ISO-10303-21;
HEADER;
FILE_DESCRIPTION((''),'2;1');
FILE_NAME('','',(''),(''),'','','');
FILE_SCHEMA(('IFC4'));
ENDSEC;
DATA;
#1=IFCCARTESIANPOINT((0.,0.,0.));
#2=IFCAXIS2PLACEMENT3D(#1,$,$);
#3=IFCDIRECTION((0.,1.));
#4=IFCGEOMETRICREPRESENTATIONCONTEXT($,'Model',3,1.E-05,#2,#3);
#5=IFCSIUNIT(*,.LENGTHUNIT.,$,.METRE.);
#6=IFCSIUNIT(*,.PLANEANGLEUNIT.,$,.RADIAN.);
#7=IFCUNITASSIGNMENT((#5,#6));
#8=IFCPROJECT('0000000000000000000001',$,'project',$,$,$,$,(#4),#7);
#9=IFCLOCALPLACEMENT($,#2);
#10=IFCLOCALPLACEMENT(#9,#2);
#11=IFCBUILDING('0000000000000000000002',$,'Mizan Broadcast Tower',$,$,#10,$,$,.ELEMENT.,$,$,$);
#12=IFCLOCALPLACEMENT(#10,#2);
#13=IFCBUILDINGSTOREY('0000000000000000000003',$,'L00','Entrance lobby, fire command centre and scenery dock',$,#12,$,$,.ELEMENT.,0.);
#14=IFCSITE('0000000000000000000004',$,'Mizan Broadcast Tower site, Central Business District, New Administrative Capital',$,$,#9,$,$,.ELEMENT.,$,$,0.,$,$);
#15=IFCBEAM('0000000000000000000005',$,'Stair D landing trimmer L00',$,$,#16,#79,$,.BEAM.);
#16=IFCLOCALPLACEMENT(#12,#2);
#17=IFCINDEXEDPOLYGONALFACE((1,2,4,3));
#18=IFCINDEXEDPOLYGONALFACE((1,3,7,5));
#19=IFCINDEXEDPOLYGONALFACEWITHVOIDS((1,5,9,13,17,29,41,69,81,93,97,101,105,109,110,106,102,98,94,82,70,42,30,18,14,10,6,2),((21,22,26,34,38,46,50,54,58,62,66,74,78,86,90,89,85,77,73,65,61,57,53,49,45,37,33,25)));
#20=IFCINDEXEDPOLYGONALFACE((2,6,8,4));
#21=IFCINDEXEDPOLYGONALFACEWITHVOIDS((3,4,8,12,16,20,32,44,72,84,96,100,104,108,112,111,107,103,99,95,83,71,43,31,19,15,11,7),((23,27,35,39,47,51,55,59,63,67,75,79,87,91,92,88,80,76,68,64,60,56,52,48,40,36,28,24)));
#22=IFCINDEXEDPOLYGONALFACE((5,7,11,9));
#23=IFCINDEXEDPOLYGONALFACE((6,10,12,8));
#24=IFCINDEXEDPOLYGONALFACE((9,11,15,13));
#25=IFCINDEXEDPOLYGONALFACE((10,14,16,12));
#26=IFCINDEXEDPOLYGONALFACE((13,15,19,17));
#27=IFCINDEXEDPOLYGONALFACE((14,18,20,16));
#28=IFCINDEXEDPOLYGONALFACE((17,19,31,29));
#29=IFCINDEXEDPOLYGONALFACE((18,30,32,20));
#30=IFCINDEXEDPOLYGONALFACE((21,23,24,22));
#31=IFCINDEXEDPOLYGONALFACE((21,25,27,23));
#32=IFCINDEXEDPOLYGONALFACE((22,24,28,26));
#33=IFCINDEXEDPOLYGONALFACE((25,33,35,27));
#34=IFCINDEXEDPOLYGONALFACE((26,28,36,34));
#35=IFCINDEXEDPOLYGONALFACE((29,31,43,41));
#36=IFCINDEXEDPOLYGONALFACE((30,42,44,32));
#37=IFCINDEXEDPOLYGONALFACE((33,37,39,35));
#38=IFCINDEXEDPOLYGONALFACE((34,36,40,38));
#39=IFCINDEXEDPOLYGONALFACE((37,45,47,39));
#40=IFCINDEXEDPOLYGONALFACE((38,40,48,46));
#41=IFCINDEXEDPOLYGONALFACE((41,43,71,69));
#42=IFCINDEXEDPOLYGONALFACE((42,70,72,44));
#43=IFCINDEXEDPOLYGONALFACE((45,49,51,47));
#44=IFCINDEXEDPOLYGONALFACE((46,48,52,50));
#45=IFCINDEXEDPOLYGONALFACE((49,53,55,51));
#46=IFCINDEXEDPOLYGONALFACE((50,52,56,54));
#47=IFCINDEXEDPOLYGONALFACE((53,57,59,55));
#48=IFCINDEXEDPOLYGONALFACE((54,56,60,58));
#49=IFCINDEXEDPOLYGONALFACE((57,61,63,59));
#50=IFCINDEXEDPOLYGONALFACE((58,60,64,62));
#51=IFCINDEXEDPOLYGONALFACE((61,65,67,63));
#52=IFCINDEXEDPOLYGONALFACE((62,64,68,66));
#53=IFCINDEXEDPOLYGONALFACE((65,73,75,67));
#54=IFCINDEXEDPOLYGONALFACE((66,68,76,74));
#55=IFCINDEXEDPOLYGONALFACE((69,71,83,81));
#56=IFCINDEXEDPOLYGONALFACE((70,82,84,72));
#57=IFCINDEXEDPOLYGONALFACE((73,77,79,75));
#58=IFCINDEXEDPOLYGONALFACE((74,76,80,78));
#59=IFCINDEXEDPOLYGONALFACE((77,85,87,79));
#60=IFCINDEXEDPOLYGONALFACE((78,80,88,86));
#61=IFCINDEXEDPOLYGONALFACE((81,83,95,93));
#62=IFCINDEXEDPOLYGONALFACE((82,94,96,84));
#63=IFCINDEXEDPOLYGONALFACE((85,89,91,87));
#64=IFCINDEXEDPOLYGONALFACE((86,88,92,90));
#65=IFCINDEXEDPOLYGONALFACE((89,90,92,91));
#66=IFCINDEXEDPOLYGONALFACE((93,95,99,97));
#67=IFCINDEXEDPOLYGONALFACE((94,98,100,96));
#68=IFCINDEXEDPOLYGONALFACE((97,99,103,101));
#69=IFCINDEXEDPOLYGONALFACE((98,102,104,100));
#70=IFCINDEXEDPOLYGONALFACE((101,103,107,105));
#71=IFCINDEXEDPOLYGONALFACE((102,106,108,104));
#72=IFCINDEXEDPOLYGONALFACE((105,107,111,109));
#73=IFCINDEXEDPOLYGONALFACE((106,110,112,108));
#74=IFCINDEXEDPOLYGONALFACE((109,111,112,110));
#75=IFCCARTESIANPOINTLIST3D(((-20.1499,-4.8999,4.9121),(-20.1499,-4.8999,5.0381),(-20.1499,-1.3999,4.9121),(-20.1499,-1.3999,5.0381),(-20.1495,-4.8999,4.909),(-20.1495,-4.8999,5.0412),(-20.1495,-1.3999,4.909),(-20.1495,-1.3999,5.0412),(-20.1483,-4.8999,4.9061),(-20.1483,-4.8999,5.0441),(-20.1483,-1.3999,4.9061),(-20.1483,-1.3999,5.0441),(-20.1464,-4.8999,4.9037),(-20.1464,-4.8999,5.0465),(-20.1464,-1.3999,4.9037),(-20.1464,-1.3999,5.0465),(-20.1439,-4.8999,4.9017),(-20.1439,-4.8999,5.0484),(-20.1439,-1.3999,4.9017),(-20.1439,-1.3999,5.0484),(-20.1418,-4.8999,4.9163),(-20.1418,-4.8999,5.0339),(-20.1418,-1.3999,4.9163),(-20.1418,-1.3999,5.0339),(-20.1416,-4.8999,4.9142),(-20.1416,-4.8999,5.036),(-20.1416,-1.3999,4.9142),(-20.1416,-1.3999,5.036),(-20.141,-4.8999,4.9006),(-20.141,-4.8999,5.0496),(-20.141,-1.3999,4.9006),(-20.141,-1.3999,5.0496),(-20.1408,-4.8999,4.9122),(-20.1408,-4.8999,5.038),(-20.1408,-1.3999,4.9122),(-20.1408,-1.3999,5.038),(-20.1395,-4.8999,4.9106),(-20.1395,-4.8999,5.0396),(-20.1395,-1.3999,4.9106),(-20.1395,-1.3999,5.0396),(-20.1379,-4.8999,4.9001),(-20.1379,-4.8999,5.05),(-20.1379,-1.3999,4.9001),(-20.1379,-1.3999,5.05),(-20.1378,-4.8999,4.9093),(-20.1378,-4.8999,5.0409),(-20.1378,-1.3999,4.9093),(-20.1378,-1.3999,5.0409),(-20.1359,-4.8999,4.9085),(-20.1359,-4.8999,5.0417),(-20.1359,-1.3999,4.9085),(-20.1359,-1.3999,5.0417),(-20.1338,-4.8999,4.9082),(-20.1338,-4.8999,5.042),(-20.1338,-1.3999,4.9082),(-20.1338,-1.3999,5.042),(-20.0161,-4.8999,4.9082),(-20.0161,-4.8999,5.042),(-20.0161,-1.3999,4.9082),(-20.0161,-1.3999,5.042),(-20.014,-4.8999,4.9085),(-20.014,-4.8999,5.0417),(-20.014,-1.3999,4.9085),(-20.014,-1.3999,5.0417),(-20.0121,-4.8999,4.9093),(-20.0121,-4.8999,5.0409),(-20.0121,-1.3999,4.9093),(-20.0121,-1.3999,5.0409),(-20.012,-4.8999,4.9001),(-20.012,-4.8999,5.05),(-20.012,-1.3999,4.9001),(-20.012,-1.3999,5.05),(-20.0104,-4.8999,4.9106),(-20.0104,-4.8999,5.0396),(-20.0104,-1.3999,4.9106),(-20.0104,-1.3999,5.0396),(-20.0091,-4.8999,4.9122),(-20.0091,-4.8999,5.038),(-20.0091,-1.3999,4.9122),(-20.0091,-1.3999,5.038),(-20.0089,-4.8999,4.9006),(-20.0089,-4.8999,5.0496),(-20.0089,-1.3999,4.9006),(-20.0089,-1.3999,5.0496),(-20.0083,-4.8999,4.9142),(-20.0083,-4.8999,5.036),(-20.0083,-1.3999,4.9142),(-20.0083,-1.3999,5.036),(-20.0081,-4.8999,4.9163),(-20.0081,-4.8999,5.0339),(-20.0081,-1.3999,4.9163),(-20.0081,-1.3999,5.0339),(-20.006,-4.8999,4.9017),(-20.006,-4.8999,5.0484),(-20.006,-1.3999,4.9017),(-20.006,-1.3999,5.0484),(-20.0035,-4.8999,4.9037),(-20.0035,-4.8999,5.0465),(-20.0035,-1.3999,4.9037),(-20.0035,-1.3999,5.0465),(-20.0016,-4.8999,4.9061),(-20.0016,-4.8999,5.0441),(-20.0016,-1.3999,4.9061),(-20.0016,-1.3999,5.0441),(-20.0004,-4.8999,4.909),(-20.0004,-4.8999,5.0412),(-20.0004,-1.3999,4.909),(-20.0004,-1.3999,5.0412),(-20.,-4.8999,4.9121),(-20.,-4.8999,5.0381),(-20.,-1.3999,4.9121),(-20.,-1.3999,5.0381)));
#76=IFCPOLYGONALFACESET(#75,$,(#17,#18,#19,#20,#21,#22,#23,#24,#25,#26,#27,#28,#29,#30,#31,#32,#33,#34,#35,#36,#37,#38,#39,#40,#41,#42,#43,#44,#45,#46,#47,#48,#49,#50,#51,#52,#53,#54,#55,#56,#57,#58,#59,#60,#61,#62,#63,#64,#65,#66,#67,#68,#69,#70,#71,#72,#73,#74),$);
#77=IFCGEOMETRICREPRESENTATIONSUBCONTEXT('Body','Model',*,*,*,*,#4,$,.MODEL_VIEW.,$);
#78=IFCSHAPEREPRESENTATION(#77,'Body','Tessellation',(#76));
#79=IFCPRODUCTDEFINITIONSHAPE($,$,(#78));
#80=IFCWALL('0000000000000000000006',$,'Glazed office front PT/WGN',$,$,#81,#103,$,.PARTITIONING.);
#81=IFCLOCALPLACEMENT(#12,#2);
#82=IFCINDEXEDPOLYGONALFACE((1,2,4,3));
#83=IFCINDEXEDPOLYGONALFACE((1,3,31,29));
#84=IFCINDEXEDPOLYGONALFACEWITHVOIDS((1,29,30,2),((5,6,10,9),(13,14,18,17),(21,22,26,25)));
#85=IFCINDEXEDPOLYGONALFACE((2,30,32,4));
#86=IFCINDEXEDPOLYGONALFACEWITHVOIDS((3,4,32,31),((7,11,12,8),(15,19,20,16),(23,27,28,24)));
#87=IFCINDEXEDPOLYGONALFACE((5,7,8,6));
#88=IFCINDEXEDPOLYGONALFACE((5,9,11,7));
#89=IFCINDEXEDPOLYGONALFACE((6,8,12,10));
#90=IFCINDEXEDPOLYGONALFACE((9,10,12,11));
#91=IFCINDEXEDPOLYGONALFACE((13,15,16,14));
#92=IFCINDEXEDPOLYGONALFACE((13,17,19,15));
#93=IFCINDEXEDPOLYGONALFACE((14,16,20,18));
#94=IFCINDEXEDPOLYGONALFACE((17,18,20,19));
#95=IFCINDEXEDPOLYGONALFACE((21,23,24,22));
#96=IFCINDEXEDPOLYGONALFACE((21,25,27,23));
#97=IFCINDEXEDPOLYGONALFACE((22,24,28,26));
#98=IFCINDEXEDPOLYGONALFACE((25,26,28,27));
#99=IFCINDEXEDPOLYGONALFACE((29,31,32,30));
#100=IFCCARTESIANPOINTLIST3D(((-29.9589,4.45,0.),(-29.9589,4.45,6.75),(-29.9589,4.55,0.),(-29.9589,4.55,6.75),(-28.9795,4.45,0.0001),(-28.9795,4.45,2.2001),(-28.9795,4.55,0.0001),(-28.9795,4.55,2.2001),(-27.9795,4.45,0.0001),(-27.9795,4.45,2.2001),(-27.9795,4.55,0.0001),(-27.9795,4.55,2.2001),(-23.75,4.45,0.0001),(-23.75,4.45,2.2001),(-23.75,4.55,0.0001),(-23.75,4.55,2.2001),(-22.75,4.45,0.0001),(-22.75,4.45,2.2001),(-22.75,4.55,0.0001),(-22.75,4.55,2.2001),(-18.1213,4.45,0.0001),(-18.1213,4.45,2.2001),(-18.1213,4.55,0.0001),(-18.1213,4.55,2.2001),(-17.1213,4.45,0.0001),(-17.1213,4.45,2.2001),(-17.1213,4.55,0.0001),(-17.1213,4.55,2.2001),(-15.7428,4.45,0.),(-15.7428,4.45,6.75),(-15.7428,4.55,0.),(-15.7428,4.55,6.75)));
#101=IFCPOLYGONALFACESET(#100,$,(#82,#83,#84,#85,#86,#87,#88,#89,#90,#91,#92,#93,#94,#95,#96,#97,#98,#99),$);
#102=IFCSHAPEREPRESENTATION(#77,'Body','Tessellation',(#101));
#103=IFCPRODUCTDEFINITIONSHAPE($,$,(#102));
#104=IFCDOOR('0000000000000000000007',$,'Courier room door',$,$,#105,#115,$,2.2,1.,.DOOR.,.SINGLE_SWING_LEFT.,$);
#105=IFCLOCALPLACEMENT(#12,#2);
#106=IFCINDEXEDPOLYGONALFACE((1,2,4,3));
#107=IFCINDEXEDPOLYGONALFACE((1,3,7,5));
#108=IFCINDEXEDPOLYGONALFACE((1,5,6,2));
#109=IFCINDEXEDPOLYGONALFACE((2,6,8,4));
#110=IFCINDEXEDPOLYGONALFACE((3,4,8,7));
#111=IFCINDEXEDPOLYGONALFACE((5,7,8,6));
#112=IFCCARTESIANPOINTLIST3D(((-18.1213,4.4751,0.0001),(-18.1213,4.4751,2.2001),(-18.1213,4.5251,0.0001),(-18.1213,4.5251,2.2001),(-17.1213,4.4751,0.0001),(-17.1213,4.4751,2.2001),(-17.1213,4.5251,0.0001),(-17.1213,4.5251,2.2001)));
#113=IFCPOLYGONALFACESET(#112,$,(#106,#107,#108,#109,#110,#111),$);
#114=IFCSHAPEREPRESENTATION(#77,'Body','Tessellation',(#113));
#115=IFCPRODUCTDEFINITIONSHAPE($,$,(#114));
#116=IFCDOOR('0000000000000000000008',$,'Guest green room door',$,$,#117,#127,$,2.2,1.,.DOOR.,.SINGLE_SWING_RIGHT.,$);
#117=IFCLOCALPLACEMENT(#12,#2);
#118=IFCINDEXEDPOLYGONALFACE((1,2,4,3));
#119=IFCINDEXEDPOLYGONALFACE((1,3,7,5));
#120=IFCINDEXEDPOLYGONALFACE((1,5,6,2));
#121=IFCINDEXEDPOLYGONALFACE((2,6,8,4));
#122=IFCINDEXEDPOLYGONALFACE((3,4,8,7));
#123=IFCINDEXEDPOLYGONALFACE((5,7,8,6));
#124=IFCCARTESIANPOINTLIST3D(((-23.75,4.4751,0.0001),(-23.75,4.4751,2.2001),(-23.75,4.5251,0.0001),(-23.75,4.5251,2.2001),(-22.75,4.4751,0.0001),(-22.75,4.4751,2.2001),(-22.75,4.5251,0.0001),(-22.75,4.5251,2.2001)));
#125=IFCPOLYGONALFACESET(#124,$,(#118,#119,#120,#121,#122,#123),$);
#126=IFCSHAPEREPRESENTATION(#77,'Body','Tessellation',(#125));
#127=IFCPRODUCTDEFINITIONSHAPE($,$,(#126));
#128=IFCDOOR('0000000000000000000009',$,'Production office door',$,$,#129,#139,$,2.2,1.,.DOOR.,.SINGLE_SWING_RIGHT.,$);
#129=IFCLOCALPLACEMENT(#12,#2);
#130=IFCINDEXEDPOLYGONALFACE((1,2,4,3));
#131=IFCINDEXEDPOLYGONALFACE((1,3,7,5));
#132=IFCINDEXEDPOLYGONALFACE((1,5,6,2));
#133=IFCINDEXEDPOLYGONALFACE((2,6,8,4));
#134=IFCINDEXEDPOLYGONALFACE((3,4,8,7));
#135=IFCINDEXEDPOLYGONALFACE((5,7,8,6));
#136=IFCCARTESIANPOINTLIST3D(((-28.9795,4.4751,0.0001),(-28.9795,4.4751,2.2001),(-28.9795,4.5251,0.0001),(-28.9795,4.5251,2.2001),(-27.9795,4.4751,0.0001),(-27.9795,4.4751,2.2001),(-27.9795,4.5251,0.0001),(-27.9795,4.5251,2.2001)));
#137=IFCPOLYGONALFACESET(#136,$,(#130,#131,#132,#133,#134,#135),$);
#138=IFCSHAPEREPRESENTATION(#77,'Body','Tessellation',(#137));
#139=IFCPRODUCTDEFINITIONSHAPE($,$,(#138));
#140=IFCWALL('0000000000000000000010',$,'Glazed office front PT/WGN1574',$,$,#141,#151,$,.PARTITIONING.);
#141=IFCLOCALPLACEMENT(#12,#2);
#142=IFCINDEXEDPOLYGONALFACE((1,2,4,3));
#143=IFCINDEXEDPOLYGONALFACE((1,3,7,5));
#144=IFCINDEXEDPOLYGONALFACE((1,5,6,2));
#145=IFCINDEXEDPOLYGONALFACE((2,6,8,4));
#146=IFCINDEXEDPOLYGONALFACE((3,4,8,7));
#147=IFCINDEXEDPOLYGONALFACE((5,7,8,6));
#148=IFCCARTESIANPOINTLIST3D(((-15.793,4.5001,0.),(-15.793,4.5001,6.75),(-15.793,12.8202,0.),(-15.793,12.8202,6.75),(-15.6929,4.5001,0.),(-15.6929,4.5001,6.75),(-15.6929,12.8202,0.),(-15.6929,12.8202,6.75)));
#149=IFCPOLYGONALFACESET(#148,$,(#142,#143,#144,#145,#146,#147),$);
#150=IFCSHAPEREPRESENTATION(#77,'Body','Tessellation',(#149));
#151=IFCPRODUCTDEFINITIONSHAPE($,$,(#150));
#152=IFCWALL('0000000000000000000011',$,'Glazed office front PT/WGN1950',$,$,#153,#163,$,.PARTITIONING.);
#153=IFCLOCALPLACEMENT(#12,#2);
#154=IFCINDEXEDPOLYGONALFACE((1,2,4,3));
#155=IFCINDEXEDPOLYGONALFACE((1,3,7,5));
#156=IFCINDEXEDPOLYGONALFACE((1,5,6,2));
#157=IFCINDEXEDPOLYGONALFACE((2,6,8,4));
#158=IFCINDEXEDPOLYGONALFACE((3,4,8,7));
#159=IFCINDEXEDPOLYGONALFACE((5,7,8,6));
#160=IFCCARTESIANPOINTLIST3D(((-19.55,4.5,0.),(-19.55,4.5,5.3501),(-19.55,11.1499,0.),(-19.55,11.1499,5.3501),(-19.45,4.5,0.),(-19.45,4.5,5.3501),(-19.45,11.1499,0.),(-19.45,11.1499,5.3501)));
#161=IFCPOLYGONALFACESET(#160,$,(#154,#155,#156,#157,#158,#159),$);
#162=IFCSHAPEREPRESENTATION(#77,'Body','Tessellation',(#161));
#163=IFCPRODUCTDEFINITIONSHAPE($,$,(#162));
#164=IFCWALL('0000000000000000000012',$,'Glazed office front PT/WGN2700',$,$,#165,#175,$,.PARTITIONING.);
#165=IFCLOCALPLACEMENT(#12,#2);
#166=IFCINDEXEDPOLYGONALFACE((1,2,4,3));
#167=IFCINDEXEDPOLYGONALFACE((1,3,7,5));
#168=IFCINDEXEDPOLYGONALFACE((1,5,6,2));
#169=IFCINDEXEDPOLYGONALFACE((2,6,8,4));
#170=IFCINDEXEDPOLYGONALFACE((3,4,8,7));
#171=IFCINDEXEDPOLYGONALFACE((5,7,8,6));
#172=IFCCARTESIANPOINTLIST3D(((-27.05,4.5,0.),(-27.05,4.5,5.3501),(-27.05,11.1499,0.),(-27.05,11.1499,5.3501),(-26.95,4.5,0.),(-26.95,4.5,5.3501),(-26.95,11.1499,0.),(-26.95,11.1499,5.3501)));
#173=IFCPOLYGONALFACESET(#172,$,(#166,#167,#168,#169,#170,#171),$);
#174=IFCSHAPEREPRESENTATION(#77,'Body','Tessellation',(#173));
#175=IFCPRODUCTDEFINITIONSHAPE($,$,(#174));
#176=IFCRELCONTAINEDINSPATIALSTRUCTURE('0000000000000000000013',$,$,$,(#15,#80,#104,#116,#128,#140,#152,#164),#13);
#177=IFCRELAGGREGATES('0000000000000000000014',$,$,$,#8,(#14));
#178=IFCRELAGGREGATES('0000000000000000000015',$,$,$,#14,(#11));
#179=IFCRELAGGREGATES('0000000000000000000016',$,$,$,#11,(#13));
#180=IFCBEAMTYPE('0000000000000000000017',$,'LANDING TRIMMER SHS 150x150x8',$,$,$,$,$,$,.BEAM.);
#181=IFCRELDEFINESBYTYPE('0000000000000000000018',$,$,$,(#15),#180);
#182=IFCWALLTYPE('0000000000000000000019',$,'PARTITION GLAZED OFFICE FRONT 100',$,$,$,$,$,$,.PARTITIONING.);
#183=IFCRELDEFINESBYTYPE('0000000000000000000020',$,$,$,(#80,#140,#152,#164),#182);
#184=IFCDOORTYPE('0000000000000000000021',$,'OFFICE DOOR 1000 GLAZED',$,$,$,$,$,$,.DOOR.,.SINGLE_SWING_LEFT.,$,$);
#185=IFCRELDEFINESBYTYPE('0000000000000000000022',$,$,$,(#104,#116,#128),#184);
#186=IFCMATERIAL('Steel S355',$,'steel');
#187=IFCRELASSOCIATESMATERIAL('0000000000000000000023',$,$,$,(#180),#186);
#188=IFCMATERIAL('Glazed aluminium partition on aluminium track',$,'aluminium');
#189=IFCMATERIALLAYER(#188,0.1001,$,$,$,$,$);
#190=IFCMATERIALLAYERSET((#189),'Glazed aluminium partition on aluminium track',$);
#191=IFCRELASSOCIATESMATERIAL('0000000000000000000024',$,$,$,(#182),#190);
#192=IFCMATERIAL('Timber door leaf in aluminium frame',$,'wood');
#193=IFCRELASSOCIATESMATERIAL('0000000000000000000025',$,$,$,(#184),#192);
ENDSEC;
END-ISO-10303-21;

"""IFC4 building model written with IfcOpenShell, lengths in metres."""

from ifc_helpers import new_model, si_unit, direction, frame, frame_2d, origin, origin_2d, place, context, subcontext, project, spatial, rectangle, hollow_rectangle, extrude, material, layer, layer_set, material_profile, profile_set, type_object, element, fill, save


model = new_model("IFC4")

# Units and contexts
model_context = context("Model", 3, precision=1e-05, world=origin(), true_north=direction((0.0, 1.0)))
body_context = subcontext(model_context, "Body", "Model", "MODEL_VIEW")
ifc_project = project(units=[si_unit("LENGTHUNIT", "METRE"), si_unit("PLANEANGLEUNIT", "RADIAN")], contexts=[model_context])

# Site, building, storey
site_placement = place(None, origin())
site = spatial("IfcSite", under=ifc_project, at=site_placement, Name="Mizan Broadcast Tower site, Central Business District, New Administrative Capital", CompositionType="ELEMENT", RefElevation=0.0)
building_placement = place(site_placement, origin())
building = spatial("IfcBuilding", under=site, at=building_placement, Name="Mizan Broadcast Tower", CompositionType="ELEMENT")
storey_placement = place(building_placement, origin())
storey = spatial("IfcBuildingStorey", under=building, at=storey_placement, Name="L00", Description="Entrance lobby, fire command centre and scenery dock", CompositionType="ELEMENT", Elevation=0.0)

# Beam
ifc_material_1 = material(Name="Steel S355", Category="steel")
ifc_material_profile_1 = material_profile(ifc_material_1, hollow_rectangle(XDim=0.1499, YDim=0.1499, WallThickness=0.0081, InnerFilletRadius=0.0081, OuterFilletRadius=0.012, at=origin_2d()), Name="SHS 150x150x8")
ifc_profile_set_1 = profile_set([ifc_material_profile_1], Name="Steel S355")
beam_type = type_object("IfcBeamType", Name="LANDING TRIMMER SHS 150x150x8", PredefinedType="BEAM", material=ifc_profile_set_1)
for number, where, z_axis, x_axis, name in (
    (1, (-20.075, -1.3999, 4.9751), (0.0, -1.0, 0.0), (1.0, 0.0, 0.0), "Stair D landing trimmer L00"),
):
    element("IfcBeam", number, at=place(storey_placement, frame(where, z_axis=z_axis, x_axis=x_axis)), inside=storey, type_object=beam_type, Name=name, PredefinedType="BEAM", context=body_context, shape_type="SweptSolid", body=[
        extrude(hollow_rectangle(XDim=0.1499, YDim=0.1499, WallThickness=0.0081, InnerFilletRadius=0.0081, OuterFilletRadius=0.012, at=origin_2d()), origin(), (0.0, 0.0, 1.0), 3.5),
    ])

# Wall, openings, doors
ifc_material_2 = material(Name="Glazed aluminium partition on aluminium track", Category="aluminium")
ifc_layer_1 = layer(ifc_material_2, 0.1001)
ifc_layer_set_1 = layer_set([ifc_layer_1], Name="Glazed aluminium partition on aluminium track")
wall_type_1 = type_object("IfcWallType", Name="PARTITION GLAZED OFFICE FRONT 100", PredefinedType="PARTITIONING", material=ifc_layer_set_1)
wall_1_placement = place(storey_placement, frame((-15.7429, 4.5, 0.0), z_axis=(0.0, 0.0, 1.0), x_axis=(-1.0, 0.0, 0.0)))
wall_1 = element("IfcWall", 2, at=wall_1_placement, inside=storey, type_object=wall_type_1, Name="Glazed office front PT/WGN", PredefinedType="PARTITIONING", context=body_context, shape_type="SweptSolid", body=[
    extrude(rectangle(XDim=14.2161, YDim=0.1001, at=frame_2d((7.1079, 0.0))), origin(), (0.0, 0.0, 1.0), 6.75),
])
opening_1_placement = place(wall_1_placement, frame((1.3784, 0.0, 0.0)))
opening_1 = element("IfcOpeningElement", 3, at=opening_1_placement, cuts=wall_1, PredefinedType="OPENING", context=body_context, shape_type="SweptSolid", body=[
    extrude(rectangle(XDim=1.0, YDim=2.2, at=frame_2d((0.5, 1.1001))), frame((0.0, 0.0601, 0.0), z_axis=(0.0, -1.0, 0.0), x_axis=(1.0, 0.0, 0.0)), (0.0, 0.0, 1.0), 0.1201),
])
opening_2_placement = place(wall_1_placement, frame((7.0071, 0.0, 0.0)))
opening_2 = element("IfcOpeningElement", 4, at=opening_2_placement, cuts=wall_1, PredefinedType="OPENING", context=body_context, shape_type="SweptSolid", body=[
    extrude(rectangle(XDim=1.0, YDim=2.2, at=frame_2d((0.5, 1.1001))), frame((0.0, 0.0601, 0.0), z_axis=(0.0, -1.0, 0.0), x_axis=(1.0, 0.0, 0.0)), (0.0, 0.0, 1.0), 0.1201),
])
opening_3_placement = place(wall_1_placement, frame((12.2366, 0.0, 0.0)))
opening_3 = element("IfcOpeningElement", 5, at=opening_3_placement, cuts=wall_1, PredefinedType="OPENING", context=body_context, shape_type="SweptSolid", body=[
    extrude(rectangle(XDim=1.0, YDim=2.2, at=frame_2d((0.5, 1.1001))), frame((0.0, 0.0601, 0.0), z_axis=(0.0, -1.0, 0.0), x_axis=(1.0, 0.0, 0.0)), (0.0, 0.0, 1.0), 0.1201),
])
ifc_material_3 = material(Name="Timber door leaf in aluminium frame", Category="wood")
door_type = type_object("IfcDoorType", Name="OFFICE DOOR 1000 GLAZED", OperationType="SINGLE_SWING_LEFT", PredefinedType="DOOR", material=ifc_material_3)
door_1_placement = place(opening_1_placement, origin())
door_1 = element("IfcDoor", 6, at=door_1_placement, inside=storey, type_object=door_type, Name="Courier room door", OperationType="SINGLE_SWING_LEFT", OverallHeight=2.2, OverallWidth=1.0, PredefinedType="DOOR", context=body_context, shape_type="SweptSolid", body=[
    extrude(rectangle(XDim=1.0, YDim=2.2, at=frame_2d((0.5, 1.1001))), frame((0.0, 0.0249, 0.0), z_axis=(0.0, -1.0, 0.0), x_axis=(1.0, 0.0, 0.0)), (0.0, 0.0, 1.0), 0.05),
])
fill(opening_1, door_1)
door_2_placement = place(opening_2_placement, origin())
door_2 = element("IfcDoor", 7, at=door_2_placement, inside=storey, type_object=door_type, Name="Guest green room door", OperationType="SINGLE_SWING_RIGHT", OverallHeight=2.2, OverallWidth=1.0, PredefinedType="DOOR", context=body_context, shape_type="SweptSolid", body=[
    extrude(rectangle(XDim=1.0, YDim=2.2, at=frame_2d((0.5, 1.1001))), frame((0.0, 0.0249, 0.0), z_axis=(0.0, -1.0, 0.0), x_axis=(1.0, 0.0, 0.0)), (0.0, 0.0, 1.0), 0.05),
])
fill(opening_2, door_2)
door_3_placement = place(opening_3_placement, origin())
door_3 = element("IfcDoor", 8, at=door_3_placement, inside=storey, type_object=door_type, Name="Production office door", OperationType="SINGLE_SWING_RIGHT", OverallHeight=2.2, OverallWidth=1.0, PredefinedType="DOOR", context=body_context, shape_type="SweptSolid", body=[
    extrude(rectangle(XDim=1.0, YDim=2.2, at=frame_2d((0.5, 1.1001))), frame((0.0, 0.0249, 0.0), z_axis=(0.0, -1.0, 0.0), x_axis=(1.0, 0.0, 0.0)), (0.0, 0.0, 1.0), 0.05),
])
fill(opening_3, door_3)

# Walls
wall_2_placement = place(storey_placement, frame((-15.7429, 4.5, 0.0), z_axis=(0.0, 0.0, 1.0), x_axis=(0.0, 1.0, 0.0)))
element("IfcWall", 9, at=wall_2_placement, inside=storey, type_object=wall_type_1, Name="Glazed office front PT/WGN1574", PredefinedType="PARTITIONING", context=body_context, shape_type="SweptSolid", body=[
    extrude(rectangle(XDim=8.3201, YDim=0.1001, at=frame_2d((4.1602, 0.0))), origin(), (0.0, 0.0, 1.0), 6.75),
])
for number, where, z_axis, x_axis, name in (
    (10, (-19.5, 4.5, 0.0), (0.0, 0.0, 1.0), (0.0, 1.0, 0.0), "Glazed office front PT/WGN1950"),
    (11, (-27.0, 4.5, 0.0), (0.0, 0.0, 1.0), (0.0, 1.0, 0.0), "Glazed office front PT/WGN2700"),
):
    element("IfcWall", number, at=place(storey_placement, frame(where, z_axis=z_axis, x_axis=x_axis)), inside=storey, type_object=wall_type_1, Name=name, PredefinedType="PARTITIONING", context=body_context, shape_type="SweptSolid", body=[
        extrude(rectangle(XDim=6.6499, YDim=0.1001, at=frame_2d((3.325, 0.0))), origin(), (0.0, 0.0, 1.0), 5.3501),
    ])

save(model, "model.ifc")
